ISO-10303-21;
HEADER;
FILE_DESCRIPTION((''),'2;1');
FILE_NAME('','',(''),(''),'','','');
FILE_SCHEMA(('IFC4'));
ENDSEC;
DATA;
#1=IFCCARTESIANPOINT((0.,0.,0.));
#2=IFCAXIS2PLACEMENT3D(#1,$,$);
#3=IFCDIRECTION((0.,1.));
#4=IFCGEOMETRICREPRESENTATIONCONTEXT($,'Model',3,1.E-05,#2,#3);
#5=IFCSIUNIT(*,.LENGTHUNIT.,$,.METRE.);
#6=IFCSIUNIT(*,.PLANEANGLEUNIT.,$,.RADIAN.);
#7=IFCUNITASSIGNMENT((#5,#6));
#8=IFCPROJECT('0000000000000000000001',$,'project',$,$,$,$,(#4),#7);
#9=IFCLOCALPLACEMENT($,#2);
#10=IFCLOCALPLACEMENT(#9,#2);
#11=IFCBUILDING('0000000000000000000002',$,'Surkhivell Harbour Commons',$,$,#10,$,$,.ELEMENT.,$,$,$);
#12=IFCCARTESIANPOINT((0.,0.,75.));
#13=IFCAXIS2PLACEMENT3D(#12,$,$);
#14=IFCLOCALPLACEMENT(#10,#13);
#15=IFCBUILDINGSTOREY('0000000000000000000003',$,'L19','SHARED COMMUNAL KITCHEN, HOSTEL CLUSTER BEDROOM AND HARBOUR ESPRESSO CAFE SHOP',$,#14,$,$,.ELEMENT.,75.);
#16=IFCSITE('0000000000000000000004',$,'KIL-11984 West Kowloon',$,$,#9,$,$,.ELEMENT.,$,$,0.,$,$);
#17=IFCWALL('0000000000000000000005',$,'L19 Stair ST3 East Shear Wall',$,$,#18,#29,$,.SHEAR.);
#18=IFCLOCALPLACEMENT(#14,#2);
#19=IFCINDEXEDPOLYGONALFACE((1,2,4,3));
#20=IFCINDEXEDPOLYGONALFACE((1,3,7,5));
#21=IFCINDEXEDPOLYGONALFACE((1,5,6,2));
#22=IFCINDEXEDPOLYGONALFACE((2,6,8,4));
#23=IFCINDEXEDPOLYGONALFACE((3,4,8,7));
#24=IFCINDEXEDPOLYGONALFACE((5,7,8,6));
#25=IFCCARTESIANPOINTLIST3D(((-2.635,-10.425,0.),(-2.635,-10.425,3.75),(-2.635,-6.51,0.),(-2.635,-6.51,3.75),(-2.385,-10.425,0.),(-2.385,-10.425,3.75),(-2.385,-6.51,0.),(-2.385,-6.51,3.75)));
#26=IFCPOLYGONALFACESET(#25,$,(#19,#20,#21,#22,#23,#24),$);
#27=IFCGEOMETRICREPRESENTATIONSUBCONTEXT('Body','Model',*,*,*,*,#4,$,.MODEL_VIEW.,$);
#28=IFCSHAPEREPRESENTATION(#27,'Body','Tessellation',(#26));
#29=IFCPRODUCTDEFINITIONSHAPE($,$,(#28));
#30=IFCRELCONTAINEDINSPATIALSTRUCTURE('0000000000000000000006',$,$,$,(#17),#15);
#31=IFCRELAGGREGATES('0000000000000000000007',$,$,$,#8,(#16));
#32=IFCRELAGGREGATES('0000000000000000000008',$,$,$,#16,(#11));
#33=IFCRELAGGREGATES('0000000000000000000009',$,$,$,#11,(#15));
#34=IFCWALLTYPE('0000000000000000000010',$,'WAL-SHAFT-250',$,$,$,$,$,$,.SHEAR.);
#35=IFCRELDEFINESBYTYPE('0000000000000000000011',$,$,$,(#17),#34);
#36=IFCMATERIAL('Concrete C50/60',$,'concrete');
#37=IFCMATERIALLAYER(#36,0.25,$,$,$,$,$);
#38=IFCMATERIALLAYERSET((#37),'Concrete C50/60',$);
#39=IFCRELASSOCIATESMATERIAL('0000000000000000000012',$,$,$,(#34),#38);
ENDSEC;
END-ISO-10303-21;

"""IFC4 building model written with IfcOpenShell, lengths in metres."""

from ifc_helpers import new_model, si_unit, direction, frame, frame_2d, origin, place, context, subcontext, project, spatial, rectangle, extrude, material, layer, layer_set, type_object, element, save


model = new_model("IFC4")

# Units and contexts
model_context = context("Model", 3, precision=1e-05, world=origin(), true_north=direction((0.0, 1.0)))
body_context = subcontext(model_context, "Body", "Model", "MODEL_VIEW")
ifc_project = project(units=[si_unit("LENGTHUNIT", "METRE"), si_unit("PLANEANGLEUNIT", "RADIAN")], contexts=[model_context])

# Site, building, storey
site_placement = place(None, origin())
site = spatial("IfcSite", under=ifc_project, at=site_placement, Name="KIL-11984 West Kowloon", CompositionType="ELEMENT", RefElevation=0.0)
building_placement = place(site_placement, origin())
building = spatial("IfcBuilding", under=site, at=building_placement, Name="Surkhivell Harbour Commons", CompositionType="ELEMENT")
storey_placement = place(building_placement, frame((0.0, 0.0, 75.0)))
storey = spatial("IfcBuildingStorey", under=building, at=storey_placement, Name="L19", Description="SHARED COMMUNAL KITCHEN, HOSTEL CLUSTER BEDROOM AND HARBOUR ESPRESSO CAFE SHOP", CompositionType="ELEMENT", Elevation=75.0)

# Shared definitions
ifc_material_1 = material(Name="Concrete C50/60", Category="concrete")
ifc_layer_1 = layer(ifc_material_1, 0.25)
ifc_layer_set_1 = layer_set([ifc_layer_1], Name="Concrete C50/60")
wall_type_1 = type_object("IfcWallType", Name="WAL-SHAFT-250", PredefinedType="SHEAR", material=ifc_layer_set_1)

# Wall
for number, where, z_axis, x_axis, name in (
    (1, (-2.51, -10.425, 0.0), (0.0, 0.0, 1.0), (0.0, 1.0, 0.0), "L19 Stair ST3 East Shear Wall"),
):
    element("IfcWall", number, at=place(storey_placement, frame(where, z_axis=z_axis, x_axis=x_axis)), inside=storey, type_object=wall_type_1, Name=name, PredefinedType="SHEAR", context=body_context, shape_type="SweptSolid", body=[
        extrude(rectangle(XDim=3.915, YDim=0.25, at=frame_2d((1.9575, 0.0))), origin(), (0.0, 0.0, 1.0), 3.75),
    ])

save(model, "model.ifc")
